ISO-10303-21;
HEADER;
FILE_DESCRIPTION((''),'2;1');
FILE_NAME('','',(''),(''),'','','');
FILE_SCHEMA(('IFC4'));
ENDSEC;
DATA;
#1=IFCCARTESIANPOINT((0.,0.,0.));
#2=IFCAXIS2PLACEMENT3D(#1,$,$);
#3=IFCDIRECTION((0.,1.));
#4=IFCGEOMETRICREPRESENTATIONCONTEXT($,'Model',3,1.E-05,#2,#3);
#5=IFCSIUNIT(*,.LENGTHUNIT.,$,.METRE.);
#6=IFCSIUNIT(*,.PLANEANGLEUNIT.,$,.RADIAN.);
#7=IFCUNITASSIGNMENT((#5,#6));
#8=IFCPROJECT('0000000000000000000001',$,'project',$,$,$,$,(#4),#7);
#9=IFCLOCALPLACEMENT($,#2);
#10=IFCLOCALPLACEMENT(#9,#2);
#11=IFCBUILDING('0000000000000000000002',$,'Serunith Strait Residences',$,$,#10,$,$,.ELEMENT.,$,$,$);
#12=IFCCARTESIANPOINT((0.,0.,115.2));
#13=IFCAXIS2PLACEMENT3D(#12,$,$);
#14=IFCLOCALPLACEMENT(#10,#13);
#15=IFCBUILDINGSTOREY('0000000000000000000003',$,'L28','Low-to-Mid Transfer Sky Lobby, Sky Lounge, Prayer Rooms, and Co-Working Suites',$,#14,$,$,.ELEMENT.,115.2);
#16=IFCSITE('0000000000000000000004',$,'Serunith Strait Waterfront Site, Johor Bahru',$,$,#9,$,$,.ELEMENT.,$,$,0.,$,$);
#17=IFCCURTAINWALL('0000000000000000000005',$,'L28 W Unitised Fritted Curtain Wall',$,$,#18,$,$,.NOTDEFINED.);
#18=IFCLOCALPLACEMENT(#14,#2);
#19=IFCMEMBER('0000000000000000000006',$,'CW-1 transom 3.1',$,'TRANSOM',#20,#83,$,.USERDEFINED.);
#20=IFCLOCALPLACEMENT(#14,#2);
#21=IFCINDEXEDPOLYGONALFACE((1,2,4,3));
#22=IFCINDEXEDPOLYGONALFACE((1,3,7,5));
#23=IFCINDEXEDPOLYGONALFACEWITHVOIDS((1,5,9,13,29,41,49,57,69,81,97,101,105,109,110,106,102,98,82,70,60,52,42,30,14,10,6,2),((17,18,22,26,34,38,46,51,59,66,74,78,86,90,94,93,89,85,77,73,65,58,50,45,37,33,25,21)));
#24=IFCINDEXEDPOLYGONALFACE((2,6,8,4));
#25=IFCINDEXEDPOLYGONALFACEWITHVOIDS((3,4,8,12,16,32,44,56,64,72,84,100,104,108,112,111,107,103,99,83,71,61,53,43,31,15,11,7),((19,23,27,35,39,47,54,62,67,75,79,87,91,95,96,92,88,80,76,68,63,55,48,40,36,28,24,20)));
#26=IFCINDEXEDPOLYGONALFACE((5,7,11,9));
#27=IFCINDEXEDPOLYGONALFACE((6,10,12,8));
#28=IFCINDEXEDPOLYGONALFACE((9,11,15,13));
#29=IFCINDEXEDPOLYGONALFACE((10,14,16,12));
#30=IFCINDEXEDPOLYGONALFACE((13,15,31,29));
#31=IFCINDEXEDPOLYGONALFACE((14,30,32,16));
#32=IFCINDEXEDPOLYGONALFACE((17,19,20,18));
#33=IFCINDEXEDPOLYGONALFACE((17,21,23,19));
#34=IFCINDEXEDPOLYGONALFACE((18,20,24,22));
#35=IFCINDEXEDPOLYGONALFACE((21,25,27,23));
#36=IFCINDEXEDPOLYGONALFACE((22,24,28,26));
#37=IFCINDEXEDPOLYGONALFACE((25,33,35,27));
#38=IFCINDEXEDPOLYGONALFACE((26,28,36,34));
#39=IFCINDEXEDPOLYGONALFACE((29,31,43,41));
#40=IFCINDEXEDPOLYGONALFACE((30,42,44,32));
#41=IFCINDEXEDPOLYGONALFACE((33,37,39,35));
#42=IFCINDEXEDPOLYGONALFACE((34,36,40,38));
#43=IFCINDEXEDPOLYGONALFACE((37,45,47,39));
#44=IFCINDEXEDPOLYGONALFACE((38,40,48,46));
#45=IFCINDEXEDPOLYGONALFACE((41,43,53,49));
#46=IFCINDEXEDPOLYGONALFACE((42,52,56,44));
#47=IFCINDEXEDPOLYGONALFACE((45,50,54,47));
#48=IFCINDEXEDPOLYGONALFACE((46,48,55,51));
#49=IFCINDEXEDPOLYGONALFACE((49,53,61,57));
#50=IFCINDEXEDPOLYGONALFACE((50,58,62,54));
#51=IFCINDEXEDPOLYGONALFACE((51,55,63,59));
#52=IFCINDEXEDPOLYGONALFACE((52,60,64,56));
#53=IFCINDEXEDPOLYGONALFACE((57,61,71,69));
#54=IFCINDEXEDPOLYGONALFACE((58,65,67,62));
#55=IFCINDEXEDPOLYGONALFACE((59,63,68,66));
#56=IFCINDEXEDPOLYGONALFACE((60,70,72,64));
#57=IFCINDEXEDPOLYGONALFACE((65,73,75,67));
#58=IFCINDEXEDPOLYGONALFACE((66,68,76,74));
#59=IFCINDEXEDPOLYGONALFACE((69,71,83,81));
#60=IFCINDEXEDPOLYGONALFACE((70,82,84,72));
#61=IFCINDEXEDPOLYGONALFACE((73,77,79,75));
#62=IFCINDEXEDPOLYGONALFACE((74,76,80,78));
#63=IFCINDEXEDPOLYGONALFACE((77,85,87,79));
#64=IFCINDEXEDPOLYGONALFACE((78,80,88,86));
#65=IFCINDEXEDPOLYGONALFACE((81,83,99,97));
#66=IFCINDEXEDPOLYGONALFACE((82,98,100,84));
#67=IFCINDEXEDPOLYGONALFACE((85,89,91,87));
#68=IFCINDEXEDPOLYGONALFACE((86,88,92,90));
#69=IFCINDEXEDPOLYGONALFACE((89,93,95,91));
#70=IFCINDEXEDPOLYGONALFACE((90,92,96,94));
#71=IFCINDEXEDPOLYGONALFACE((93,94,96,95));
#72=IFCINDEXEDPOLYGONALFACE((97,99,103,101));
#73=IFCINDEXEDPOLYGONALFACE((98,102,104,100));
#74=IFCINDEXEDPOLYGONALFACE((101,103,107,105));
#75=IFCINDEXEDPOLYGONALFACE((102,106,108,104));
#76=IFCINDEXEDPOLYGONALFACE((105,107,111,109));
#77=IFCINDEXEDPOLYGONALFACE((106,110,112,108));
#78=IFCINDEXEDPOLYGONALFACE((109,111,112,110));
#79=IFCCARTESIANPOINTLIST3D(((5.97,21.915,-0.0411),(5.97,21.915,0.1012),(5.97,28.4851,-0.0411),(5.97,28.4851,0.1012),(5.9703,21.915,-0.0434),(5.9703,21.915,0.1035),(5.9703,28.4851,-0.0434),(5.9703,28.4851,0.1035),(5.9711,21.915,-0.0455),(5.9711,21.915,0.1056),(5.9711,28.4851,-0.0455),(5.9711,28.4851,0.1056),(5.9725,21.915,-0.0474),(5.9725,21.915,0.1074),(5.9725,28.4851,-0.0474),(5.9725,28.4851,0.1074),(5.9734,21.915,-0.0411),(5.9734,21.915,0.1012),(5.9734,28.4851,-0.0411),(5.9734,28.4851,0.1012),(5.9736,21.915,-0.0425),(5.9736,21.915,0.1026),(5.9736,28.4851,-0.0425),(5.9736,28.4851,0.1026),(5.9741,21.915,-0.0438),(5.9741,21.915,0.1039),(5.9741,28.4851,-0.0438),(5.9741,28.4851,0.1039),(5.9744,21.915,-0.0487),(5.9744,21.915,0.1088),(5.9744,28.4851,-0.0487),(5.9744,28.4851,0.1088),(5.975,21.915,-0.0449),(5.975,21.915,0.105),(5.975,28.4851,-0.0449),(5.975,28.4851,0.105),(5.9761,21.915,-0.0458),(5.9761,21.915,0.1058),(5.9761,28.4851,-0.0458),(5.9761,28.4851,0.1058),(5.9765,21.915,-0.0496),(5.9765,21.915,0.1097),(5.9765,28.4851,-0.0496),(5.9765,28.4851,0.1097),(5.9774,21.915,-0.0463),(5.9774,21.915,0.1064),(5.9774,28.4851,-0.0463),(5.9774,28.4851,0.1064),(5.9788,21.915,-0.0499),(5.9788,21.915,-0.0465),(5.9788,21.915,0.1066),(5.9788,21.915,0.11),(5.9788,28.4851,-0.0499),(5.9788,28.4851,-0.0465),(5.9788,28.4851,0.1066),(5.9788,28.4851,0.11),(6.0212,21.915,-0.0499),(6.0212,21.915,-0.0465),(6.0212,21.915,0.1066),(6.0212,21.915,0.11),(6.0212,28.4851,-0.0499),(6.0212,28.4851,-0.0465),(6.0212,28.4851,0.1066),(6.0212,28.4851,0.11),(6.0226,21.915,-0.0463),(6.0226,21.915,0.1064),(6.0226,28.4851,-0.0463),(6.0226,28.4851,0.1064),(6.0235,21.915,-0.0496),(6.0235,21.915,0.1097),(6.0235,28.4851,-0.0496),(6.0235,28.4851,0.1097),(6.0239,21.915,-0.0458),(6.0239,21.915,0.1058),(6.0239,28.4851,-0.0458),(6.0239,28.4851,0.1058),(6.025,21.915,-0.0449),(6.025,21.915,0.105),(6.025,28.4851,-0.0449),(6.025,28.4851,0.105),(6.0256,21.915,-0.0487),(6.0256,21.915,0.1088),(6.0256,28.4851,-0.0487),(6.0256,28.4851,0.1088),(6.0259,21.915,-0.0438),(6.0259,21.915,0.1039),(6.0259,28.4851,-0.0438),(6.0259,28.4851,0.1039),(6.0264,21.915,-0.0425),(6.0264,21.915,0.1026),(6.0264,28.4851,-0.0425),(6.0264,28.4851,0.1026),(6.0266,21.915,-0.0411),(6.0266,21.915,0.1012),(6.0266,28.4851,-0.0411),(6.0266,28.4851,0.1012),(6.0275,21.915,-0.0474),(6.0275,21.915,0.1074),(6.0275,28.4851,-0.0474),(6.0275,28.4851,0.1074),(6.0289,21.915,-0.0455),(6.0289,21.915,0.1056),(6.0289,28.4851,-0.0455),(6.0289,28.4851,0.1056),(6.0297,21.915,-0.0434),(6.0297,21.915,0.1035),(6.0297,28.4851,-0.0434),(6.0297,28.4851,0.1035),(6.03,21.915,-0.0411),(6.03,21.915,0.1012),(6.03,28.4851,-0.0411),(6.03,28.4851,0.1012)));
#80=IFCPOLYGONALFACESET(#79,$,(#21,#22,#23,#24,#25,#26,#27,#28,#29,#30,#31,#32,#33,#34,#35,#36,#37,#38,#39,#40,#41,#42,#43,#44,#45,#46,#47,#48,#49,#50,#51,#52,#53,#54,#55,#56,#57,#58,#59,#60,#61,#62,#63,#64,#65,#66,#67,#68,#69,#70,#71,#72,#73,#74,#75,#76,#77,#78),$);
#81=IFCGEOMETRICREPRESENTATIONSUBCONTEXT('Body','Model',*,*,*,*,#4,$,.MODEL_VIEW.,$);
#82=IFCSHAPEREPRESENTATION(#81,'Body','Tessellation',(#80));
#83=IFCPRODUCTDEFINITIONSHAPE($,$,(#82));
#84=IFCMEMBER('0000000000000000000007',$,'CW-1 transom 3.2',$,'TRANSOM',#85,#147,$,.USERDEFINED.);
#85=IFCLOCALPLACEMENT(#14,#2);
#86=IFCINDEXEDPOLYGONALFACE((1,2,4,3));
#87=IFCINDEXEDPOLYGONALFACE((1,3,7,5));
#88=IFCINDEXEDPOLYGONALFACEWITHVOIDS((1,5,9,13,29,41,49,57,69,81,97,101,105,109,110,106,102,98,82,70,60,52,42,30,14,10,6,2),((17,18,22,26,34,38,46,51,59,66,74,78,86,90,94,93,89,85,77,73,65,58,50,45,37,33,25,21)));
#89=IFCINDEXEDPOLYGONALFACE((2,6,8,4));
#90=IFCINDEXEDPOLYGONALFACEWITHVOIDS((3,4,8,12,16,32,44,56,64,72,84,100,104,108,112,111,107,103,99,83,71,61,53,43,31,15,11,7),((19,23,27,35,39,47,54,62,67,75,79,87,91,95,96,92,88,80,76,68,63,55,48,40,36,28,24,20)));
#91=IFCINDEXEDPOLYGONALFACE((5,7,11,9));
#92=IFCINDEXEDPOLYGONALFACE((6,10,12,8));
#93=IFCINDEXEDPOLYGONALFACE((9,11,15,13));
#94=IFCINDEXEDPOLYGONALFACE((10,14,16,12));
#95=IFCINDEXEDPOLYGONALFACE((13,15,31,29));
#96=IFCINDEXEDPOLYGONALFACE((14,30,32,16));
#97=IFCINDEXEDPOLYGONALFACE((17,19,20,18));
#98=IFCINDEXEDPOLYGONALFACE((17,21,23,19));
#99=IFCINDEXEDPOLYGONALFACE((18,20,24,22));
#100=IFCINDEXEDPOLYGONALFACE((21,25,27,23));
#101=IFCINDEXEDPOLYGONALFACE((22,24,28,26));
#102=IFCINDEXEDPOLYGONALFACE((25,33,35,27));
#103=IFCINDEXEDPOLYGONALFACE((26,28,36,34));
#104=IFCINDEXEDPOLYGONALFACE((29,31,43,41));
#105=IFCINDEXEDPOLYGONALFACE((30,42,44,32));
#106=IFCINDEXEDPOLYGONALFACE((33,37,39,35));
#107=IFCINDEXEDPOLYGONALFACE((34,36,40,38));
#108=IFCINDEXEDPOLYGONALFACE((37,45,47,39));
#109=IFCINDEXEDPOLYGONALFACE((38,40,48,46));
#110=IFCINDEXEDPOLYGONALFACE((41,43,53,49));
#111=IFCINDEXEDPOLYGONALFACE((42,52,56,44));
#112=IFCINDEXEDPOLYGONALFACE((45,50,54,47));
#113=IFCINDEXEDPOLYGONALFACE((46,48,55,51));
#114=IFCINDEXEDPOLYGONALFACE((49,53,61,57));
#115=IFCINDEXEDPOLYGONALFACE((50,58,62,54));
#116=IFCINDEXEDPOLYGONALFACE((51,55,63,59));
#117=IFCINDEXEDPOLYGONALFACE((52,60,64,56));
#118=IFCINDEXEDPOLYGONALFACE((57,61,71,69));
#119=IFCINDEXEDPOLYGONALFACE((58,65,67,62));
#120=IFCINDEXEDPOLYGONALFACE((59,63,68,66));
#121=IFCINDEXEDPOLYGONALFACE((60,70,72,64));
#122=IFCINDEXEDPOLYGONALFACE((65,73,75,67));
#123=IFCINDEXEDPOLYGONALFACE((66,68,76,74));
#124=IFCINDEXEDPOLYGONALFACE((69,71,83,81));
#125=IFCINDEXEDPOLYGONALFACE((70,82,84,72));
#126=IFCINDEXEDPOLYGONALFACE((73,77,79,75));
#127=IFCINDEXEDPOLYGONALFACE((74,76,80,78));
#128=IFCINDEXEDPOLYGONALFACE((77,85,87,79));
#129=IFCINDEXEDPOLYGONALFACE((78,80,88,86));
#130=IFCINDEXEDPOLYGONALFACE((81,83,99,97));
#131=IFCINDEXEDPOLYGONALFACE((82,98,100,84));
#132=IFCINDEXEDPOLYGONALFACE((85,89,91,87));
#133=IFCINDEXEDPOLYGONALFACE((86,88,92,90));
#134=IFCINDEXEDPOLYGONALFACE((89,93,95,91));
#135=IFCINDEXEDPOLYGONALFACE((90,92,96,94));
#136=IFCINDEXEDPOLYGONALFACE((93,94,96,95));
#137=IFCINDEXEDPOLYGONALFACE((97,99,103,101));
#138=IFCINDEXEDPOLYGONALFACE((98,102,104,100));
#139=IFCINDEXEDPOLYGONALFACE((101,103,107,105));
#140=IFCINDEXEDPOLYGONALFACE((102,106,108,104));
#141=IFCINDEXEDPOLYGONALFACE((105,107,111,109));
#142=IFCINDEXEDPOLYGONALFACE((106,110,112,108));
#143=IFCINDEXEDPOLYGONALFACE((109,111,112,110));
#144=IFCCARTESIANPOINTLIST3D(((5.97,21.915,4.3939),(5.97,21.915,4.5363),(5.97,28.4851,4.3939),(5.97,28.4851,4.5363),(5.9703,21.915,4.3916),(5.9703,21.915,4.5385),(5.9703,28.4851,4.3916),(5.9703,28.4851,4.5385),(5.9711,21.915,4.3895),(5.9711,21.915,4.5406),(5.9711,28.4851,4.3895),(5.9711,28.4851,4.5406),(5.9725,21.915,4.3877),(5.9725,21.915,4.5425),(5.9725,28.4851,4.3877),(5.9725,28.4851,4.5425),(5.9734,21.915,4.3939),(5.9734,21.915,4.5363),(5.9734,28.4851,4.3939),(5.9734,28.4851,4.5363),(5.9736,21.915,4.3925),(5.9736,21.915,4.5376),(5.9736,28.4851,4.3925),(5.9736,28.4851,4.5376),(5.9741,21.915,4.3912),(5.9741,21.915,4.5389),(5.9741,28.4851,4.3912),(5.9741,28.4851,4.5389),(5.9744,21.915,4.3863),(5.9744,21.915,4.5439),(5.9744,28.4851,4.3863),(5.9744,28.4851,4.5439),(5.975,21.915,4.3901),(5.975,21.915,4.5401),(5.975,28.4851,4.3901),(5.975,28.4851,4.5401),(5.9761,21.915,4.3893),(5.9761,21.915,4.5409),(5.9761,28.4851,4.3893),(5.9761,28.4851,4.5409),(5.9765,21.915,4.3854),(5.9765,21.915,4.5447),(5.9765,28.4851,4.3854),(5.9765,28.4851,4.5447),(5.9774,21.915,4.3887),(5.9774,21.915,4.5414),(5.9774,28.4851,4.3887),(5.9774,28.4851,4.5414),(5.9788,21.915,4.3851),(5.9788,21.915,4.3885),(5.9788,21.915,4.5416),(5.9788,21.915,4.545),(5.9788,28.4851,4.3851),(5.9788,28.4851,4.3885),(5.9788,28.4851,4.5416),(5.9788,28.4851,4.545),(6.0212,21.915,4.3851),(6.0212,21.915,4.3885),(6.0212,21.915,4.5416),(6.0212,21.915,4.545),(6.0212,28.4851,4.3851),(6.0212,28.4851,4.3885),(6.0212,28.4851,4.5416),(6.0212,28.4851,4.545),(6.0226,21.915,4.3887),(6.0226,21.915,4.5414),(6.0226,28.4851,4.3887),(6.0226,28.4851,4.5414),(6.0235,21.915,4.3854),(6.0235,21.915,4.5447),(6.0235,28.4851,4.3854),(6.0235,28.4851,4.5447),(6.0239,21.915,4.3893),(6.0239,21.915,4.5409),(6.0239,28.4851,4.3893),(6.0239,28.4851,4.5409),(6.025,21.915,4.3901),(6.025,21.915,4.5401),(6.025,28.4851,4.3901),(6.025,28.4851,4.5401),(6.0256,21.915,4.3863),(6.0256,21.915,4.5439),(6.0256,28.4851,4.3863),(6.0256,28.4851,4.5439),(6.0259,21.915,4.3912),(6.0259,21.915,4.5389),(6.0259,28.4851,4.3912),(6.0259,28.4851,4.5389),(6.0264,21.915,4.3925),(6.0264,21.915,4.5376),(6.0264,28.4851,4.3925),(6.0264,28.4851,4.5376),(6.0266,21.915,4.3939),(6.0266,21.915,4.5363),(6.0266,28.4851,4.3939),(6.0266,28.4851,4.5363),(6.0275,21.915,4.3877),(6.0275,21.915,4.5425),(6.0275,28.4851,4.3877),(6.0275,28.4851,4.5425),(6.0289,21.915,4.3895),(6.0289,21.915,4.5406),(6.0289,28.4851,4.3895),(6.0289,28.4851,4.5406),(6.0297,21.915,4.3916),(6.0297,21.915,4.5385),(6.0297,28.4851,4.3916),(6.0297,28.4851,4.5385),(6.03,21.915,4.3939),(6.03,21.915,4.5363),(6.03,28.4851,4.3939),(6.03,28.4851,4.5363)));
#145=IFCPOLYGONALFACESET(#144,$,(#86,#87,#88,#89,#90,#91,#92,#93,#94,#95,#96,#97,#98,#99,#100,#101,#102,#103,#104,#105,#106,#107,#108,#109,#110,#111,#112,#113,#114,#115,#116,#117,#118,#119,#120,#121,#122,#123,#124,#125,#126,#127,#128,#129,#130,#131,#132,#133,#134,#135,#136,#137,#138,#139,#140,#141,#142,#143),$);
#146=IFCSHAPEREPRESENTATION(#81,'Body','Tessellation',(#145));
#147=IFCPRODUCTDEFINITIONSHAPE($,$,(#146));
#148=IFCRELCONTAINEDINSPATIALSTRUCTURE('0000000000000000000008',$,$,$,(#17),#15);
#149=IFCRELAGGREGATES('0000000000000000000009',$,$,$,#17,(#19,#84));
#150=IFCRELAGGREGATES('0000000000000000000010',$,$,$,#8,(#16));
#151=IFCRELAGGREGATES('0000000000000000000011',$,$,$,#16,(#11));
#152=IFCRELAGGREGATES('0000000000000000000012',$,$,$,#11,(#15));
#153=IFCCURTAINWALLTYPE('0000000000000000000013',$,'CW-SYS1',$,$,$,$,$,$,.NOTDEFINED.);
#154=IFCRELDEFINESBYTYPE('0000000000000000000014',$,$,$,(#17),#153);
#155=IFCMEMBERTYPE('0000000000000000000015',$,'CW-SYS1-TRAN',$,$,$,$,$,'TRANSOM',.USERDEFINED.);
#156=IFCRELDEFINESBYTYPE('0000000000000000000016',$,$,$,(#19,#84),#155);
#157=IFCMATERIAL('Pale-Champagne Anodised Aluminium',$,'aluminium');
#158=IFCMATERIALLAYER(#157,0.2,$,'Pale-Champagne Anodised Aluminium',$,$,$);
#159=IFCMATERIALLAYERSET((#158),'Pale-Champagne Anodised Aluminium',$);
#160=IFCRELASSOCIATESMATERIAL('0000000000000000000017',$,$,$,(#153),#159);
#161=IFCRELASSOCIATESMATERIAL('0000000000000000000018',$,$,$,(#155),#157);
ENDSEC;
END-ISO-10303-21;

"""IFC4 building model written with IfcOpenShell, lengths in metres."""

from ifc_helpers import new_model, si_unit, direction, frame, origin, origin_2d, place, context, subcontext, project, spatial, hollow_rectangle, extrude, source, transform, mapped, material, layer, layer_set, material_profile, profile_set, type_object, element, aggregate, save


model = new_model("IFC4")

# Units and contexts
model_context = context("Model", 3, precision=1e-05, world=origin(), true_north=direction((0.0, 1.0)))
body_context = subcontext(model_context, "Body", "Model", "MODEL_VIEW")
ifc_project = project(units=[si_unit("LENGTHUNIT", "METRE"), si_unit("PLANEANGLEUNIT", "RADIAN")], contexts=[model_context])

# Site, building, storey
site_placement = place(None, origin())
site = spatial("IfcSite", under=ifc_project, at=site_placement, Name="Serunith Strait Waterfront Site, Johor Bahru", CompositionType="ELEMENT", RefElevation=0.0)
building_placement = place(site_placement, origin())
building = spatial("IfcBuilding", under=site, at=building_placement, Name="Serunith Strait Residences", CompositionType="ELEMENT")
storey_placement = place(building_placement, frame((0.0, 0.0, 115.2)))
storey = spatial("IfcBuildingStorey", under=building, at=storey_placement, Name="L28", Description="Low-to-Mid Transfer Sky Lobby, Sky Lounge, Prayer Rooms, and Co-Working Suites", CompositionType="ELEMENT", Elevation=115.2)

# Curtain wall, members
ifc_material_1 = material(Name="Pale-Champagne Anodised Aluminium", Category="aluminium")
ifc_layer_1 = layer(ifc_material_1, 0.2, Name="Pale-Champagne Anodised Aluminium")
ifc_layer_set_1 = layer_set([ifc_layer_1], Name="Pale-Champagne Anodised Aluminium")
curtain_wall_type = type_object("IfcCurtainWallType", Name="CW-SYS1", PredefinedType="NOTDEFINED", material=ifc_layer_set_1)
curtain_wall_placement = place(storey_placement, origin())
curtain_wall = element("IfcCurtainWall", 1, at=curtain_wall_placement, inside=storey, type_object=curtain_wall_type, Name="L28 W Unitised Fritted Curtain Wall", PredefinedType="NOTDEFINED")
ifc_material_profile_1 = material_profile(ifc_material_1, hollow_rectangle(XDim=0.0601, YDim=0.1599, WallThickness=0.0034, InnerFilletRadius=0.0054, OuterFilletRadius=0.0088, at=origin_2d()), Name="ALU 160x60x3.5")
ifc_profile_set_1 = profile_set([ifc_material_profile_1], Name="Pale-Champagne Anodised Aluminium")
member_type_1 = type_object("IfcMemberType", Name="CW-SYS1-TRAN", ElementType="TRANSOM", PredefinedType="USERDEFINED", material=ifc_profile_set_1)
shared_shape_1 = source(origin(), body_context, "Body", "SweptSolid", [
    extrude(hollow_rectangle(XDim=0.0601, YDim=0.1599, WallThickness=0.0034, InnerFilletRadius=0.0054, OuterFilletRadius=0.0088, at=origin_2d()), origin(), (0.0, 0.0, 1.0), 6.5701),
])
member_1_placement = place(storey_placement, frame((6.0, 28.4851, 0.03), z_axis=(0.0, -1.0, 0.0), x_axis=(1.0, 0.0, 0.0)))
member_1 = element("IfcMember", 2, at=member_1_placement, type_object=member_type_1, Name="CW-1 transom 3.1", ObjectType="TRANSOM", PredefinedType="USERDEFINED", context=body_context, shape_type="MappedRepresentation", body=[
    mapped(shared_shape_1, transform((0.0, 0.0, 0.0), scale=1.0)),
])
member_2_placement = place(storey_placement, frame((6.0, 28.4851, 4.4651), z_axis=(0.0, -1.0, 0.0), x_axis=(1.0, 0.0, 0.0)))
member_2 = element("IfcMember", 3, at=member_2_placement, type_object=member_type_1, Name="CW-1 transom 3.2", ObjectType="TRANSOM", PredefinedType="USERDEFINED", context=body_context, shape_type="MappedRepresentation", body=[
    mapped(shared_shape_1, transform((0.0, 0.0, 0.0), scale=1.0)),
])
aggregate(curtain_wall, [member_1, member_2])

save(model, "model.ifc")
